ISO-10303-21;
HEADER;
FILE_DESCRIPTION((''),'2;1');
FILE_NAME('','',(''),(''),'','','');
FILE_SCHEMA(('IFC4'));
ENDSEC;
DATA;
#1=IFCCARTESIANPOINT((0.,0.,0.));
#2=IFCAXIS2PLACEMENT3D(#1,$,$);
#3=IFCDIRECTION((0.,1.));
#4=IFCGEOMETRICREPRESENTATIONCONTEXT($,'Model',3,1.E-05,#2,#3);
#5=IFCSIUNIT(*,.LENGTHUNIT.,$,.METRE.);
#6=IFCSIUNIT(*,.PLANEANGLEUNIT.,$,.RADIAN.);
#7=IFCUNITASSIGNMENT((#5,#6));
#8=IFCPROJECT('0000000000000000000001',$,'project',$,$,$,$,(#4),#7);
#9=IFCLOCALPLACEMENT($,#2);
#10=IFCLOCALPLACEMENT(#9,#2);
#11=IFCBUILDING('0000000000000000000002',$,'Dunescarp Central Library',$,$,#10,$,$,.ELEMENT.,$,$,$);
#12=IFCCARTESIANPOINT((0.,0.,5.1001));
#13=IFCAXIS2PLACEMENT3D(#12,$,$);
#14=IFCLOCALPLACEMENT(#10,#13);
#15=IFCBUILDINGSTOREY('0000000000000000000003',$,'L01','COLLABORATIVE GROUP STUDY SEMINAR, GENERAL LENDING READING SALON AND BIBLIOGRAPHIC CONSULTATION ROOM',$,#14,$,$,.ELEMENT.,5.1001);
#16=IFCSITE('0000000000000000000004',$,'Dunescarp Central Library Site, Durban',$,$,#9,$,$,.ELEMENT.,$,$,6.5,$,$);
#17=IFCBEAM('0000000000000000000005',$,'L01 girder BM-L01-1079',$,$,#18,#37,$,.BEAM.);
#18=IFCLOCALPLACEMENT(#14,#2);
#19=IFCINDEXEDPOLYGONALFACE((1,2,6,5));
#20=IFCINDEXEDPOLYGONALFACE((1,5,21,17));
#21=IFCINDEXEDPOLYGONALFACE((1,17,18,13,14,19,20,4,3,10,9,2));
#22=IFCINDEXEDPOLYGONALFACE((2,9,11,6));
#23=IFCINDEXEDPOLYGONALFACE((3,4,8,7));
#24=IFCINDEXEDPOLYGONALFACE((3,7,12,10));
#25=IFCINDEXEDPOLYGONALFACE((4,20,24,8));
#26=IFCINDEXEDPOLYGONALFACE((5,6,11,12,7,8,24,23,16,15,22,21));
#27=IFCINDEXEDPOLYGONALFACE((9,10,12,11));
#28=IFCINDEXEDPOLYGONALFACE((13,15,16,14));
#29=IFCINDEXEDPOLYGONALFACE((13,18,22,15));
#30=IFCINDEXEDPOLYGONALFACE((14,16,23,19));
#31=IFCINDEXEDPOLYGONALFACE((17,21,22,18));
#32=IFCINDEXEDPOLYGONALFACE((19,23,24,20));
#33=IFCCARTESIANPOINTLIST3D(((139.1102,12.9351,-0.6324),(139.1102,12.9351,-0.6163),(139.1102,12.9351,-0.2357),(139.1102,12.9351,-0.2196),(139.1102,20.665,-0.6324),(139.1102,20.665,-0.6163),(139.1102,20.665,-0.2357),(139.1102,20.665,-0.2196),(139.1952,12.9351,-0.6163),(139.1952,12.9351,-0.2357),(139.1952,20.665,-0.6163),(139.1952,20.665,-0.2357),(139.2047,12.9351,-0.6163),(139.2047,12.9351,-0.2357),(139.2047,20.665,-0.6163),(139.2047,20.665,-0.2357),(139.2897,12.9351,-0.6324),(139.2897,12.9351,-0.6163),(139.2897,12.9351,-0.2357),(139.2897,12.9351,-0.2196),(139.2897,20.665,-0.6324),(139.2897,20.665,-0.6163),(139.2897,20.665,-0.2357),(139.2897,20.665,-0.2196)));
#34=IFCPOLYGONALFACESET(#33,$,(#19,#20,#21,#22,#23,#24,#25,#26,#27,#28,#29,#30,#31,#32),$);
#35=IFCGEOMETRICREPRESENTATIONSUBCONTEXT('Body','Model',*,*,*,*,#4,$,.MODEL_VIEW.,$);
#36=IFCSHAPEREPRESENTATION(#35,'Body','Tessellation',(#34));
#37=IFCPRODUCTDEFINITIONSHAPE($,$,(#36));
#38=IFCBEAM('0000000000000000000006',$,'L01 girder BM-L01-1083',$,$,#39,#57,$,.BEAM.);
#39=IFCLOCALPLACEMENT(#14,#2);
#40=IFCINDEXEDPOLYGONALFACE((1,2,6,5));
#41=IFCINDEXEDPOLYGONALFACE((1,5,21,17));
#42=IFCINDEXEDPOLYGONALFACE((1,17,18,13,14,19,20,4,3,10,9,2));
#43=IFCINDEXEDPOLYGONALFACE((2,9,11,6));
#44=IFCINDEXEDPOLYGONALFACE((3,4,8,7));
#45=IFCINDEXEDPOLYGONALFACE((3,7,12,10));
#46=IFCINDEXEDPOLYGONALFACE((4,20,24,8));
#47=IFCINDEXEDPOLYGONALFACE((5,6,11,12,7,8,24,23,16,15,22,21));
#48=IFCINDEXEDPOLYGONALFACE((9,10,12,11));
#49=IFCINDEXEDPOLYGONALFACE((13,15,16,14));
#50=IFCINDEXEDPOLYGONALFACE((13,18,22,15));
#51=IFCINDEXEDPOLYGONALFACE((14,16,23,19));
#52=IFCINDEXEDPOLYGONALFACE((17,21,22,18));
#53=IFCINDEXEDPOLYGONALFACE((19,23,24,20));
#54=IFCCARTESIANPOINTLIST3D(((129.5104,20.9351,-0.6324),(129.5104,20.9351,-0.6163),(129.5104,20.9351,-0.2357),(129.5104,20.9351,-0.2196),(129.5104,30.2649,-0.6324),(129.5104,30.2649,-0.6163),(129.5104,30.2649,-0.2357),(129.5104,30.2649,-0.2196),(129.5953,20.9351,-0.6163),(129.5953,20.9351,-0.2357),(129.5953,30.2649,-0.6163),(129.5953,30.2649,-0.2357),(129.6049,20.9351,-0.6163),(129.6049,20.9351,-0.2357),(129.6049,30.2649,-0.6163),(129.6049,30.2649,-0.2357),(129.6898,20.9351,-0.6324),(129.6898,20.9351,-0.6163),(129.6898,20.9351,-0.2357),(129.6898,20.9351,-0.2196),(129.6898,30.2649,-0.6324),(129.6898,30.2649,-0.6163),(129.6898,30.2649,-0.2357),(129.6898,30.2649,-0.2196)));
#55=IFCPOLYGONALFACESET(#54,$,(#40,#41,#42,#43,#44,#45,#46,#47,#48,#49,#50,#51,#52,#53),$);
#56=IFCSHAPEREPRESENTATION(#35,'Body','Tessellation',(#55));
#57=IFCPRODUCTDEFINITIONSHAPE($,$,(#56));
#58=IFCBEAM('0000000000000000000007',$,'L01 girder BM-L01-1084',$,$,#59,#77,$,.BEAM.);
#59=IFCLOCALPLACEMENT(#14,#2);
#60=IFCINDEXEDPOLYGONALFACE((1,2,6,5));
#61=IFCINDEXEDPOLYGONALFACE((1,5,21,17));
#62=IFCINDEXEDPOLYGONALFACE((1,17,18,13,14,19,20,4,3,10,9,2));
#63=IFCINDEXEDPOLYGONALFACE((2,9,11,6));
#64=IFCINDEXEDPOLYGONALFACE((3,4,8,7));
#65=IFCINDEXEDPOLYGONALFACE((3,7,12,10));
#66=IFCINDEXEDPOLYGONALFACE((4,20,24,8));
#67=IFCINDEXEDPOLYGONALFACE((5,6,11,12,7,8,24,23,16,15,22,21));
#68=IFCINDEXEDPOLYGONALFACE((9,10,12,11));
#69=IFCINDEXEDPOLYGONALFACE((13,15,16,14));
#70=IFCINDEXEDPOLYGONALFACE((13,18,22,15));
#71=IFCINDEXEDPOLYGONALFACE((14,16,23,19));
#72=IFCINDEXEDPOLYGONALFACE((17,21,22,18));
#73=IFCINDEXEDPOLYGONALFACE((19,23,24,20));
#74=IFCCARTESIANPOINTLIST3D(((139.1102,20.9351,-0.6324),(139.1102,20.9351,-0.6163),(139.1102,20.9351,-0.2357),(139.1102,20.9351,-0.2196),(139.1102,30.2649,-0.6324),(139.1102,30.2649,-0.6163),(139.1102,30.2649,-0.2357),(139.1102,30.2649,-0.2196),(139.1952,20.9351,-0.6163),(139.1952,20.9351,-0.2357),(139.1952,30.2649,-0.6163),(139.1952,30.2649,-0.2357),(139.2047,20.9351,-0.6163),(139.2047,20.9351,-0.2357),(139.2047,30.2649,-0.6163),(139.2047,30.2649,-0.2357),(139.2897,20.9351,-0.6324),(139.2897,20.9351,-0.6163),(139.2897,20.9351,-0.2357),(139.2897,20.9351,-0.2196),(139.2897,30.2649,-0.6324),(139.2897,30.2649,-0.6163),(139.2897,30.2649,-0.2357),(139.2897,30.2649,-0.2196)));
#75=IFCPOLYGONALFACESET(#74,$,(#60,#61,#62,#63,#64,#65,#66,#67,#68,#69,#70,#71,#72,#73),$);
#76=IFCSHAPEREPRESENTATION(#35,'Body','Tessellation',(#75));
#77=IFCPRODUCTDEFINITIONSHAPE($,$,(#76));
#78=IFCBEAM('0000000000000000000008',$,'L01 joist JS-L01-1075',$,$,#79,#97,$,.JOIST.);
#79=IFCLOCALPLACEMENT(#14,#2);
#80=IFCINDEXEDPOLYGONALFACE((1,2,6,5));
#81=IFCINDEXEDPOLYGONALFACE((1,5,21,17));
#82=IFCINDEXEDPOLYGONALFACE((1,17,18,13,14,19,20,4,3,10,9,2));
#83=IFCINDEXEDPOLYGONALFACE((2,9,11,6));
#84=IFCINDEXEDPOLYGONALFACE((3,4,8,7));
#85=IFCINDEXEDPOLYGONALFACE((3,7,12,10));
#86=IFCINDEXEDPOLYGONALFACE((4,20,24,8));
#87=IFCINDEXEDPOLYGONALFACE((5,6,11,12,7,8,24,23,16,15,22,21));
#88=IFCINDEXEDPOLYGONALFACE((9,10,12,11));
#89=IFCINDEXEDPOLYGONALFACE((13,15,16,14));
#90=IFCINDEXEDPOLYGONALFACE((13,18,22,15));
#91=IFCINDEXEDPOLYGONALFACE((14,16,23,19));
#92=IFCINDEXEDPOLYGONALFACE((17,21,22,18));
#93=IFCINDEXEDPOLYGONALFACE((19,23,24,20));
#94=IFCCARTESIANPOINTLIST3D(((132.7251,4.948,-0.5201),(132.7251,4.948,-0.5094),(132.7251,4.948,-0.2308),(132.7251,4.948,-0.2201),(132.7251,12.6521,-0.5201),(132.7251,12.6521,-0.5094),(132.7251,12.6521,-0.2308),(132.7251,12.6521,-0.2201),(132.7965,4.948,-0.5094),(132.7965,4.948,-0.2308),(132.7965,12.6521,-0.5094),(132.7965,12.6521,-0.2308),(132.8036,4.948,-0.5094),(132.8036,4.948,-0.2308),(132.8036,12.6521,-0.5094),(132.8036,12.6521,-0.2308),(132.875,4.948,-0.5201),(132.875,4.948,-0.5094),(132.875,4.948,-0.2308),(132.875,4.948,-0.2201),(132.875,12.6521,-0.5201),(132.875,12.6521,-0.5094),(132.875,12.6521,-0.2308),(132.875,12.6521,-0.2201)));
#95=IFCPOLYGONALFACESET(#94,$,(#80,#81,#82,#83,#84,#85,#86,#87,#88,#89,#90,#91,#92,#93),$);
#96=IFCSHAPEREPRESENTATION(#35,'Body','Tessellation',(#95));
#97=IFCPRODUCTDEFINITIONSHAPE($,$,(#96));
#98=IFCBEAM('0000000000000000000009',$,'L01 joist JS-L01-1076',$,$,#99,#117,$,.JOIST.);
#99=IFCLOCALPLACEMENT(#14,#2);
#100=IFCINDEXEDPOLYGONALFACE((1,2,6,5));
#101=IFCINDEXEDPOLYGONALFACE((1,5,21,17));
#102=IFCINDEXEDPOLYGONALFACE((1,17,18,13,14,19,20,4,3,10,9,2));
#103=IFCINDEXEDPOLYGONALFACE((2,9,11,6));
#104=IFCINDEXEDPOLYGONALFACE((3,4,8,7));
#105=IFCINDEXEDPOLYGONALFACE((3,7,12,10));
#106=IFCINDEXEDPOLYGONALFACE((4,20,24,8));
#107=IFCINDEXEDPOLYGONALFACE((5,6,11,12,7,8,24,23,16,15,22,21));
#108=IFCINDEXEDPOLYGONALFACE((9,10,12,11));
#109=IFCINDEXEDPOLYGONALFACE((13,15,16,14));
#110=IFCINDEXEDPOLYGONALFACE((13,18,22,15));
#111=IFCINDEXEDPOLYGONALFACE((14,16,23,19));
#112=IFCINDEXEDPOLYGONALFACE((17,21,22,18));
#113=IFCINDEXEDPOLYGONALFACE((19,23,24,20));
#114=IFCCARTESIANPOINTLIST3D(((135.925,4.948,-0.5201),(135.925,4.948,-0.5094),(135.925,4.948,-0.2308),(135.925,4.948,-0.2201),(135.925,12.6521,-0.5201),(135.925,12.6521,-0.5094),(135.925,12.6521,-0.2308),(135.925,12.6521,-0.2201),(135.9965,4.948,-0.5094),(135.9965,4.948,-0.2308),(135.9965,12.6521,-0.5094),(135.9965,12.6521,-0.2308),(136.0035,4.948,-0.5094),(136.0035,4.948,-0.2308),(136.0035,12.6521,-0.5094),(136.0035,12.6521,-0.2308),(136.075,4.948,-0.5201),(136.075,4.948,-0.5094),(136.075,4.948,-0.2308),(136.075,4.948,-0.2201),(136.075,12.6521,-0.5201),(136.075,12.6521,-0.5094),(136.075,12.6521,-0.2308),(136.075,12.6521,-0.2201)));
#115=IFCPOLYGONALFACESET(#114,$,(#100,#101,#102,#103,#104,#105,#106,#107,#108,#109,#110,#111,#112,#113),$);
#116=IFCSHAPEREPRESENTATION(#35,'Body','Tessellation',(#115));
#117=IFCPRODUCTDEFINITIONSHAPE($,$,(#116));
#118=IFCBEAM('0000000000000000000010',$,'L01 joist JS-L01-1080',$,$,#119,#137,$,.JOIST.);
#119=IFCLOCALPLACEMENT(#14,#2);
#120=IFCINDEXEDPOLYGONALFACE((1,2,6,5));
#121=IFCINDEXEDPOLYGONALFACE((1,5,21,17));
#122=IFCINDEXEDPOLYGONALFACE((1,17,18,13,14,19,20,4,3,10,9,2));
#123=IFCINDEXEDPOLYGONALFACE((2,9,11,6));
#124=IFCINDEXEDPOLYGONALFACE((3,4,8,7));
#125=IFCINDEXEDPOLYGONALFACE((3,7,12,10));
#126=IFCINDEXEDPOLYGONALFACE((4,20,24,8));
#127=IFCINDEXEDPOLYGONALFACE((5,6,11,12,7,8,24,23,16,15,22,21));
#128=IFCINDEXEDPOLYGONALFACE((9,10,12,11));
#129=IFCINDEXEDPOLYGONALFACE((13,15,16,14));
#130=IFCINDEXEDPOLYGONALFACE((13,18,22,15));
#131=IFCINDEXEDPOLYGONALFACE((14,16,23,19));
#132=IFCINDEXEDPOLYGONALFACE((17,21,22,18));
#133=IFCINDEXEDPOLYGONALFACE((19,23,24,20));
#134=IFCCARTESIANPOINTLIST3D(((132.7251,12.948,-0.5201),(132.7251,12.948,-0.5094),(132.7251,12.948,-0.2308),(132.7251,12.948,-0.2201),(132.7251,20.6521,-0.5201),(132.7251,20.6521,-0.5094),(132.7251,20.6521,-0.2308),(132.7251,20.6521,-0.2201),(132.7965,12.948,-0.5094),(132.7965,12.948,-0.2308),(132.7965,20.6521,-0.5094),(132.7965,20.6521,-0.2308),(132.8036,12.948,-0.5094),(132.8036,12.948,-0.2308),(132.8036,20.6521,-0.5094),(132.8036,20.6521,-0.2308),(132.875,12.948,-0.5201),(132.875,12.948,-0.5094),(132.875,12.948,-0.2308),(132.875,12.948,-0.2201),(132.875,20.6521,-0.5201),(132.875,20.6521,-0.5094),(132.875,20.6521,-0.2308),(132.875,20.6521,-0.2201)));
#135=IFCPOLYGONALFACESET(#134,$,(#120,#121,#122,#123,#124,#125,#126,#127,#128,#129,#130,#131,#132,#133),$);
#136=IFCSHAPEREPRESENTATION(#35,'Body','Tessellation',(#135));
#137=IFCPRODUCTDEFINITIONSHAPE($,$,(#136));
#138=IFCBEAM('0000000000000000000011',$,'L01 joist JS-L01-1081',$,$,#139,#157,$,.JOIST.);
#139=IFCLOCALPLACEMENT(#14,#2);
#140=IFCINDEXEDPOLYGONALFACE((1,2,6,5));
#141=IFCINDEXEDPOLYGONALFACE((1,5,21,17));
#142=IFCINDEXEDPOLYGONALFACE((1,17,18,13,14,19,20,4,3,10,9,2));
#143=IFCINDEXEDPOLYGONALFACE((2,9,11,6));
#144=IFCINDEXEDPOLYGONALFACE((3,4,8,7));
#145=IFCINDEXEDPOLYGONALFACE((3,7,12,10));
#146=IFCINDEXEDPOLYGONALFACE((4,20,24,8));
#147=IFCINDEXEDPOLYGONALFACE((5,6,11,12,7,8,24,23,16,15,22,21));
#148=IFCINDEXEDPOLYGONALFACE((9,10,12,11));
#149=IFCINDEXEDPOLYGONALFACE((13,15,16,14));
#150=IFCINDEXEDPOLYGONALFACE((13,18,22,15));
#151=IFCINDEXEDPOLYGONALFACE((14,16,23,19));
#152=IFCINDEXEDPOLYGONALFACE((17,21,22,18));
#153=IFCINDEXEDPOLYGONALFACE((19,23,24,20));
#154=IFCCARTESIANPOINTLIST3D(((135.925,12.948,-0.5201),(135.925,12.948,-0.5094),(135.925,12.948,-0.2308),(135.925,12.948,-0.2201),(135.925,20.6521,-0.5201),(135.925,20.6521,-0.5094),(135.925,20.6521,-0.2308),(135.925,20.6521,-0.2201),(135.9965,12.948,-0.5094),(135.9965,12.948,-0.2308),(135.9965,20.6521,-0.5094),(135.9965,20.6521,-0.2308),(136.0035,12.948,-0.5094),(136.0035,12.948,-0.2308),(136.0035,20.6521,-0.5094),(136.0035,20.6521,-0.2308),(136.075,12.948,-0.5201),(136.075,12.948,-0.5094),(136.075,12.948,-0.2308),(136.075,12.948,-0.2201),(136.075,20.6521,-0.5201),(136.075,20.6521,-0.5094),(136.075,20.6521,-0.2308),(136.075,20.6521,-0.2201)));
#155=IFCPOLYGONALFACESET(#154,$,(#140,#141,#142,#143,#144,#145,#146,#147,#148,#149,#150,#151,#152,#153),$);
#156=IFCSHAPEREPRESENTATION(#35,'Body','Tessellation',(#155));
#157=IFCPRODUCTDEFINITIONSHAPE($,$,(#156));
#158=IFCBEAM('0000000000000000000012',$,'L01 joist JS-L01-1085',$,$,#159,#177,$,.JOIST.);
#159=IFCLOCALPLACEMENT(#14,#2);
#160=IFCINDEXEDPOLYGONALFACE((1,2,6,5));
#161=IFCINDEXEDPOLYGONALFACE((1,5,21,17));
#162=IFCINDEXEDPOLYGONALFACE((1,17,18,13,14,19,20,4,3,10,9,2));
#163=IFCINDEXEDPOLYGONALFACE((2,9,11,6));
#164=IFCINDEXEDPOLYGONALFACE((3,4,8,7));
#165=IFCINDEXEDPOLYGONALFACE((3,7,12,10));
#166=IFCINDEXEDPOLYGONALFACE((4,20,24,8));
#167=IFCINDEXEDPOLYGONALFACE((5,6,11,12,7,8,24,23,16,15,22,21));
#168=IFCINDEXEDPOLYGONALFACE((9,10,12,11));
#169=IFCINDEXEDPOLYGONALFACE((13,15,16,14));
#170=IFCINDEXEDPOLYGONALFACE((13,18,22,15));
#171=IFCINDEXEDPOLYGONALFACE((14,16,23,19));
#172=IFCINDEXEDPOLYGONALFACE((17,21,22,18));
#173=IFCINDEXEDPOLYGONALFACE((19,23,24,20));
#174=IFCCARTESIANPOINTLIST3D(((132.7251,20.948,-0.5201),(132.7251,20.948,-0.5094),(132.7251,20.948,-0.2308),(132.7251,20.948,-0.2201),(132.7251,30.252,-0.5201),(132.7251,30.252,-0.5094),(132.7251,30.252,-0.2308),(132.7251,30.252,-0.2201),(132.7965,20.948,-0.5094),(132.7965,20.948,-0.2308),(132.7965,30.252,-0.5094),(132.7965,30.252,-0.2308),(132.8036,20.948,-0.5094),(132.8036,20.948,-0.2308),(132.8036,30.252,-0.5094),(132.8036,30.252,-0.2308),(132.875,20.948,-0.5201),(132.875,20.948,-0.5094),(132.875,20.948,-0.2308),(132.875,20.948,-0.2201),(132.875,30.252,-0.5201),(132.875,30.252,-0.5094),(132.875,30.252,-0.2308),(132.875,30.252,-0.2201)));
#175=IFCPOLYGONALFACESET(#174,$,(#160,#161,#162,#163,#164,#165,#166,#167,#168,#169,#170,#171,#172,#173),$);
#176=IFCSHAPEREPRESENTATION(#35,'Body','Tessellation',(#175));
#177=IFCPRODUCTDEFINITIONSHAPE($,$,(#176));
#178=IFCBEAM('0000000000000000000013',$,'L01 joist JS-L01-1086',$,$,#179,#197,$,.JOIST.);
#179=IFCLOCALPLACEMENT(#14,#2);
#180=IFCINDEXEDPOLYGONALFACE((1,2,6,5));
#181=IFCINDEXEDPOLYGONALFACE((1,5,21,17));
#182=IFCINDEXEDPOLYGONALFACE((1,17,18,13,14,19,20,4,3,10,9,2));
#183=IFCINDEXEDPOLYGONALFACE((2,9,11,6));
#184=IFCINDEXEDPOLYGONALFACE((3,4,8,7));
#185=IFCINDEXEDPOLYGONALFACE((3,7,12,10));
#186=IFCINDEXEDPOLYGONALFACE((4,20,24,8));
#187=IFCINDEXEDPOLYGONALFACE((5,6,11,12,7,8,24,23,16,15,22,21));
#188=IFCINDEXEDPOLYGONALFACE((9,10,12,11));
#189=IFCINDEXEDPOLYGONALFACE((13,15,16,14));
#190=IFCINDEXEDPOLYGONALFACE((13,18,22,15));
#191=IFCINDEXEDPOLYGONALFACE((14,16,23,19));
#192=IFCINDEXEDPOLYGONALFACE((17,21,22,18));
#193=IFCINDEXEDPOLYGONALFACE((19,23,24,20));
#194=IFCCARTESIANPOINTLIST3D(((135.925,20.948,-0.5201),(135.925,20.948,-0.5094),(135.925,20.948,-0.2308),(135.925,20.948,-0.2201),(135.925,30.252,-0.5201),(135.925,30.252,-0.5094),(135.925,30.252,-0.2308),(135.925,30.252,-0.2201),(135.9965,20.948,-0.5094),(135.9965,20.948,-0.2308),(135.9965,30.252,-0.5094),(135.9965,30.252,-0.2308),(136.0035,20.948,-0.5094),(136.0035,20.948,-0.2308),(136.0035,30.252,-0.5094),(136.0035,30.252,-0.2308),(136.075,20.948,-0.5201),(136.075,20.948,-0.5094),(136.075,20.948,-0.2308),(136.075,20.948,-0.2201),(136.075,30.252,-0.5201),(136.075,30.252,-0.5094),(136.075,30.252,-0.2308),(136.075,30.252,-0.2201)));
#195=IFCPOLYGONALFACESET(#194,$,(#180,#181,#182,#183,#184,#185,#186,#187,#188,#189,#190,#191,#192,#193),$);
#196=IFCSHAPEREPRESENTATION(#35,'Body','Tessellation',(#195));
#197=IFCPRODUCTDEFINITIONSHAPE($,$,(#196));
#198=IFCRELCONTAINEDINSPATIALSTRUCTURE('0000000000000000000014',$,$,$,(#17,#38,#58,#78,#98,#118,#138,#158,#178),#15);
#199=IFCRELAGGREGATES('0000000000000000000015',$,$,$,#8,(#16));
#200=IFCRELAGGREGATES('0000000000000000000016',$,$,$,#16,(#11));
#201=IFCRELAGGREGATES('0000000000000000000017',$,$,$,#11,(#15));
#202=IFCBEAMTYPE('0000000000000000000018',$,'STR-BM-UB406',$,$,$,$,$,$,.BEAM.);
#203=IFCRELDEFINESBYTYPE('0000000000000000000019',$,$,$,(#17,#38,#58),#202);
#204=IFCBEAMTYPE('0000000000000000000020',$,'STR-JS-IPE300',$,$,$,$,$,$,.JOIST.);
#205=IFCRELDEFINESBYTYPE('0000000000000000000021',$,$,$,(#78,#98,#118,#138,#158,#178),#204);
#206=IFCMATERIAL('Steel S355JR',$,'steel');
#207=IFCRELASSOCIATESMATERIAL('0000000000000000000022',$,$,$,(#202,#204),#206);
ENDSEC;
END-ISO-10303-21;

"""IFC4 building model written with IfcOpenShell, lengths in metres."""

from ifc_helpers import new_model, si_unit, direction, frame, origin, origin_2d, place, context, subcontext, project, spatial, i_section, extrude, material, material_profile, profile_set, type_object, element, save


model = new_model("IFC4")

# Units and contexts
model_context = context("Model", 3, precision=1e-05, world=origin(), true_north=direction((0.0, 1.0)))
body_context = subcontext(model_context, "Body", "Model", "MODEL_VIEW")
ifc_project = project(units=[si_unit("LENGTHUNIT", "METRE"), si_unit("PLANEANGLEUNIT", "RADIAN")], contexts=[model_context])

# Site, building, storey
site_placement = place(None, origin())
site = spatial("IfcSite", under=ifc_project, at=site_placement, Name="Dunescarp Central Library Site, Durban", CompositionType="ELEMENT", RefElevation=6.5)
building_placement = place(site_placement, origin())
building = spatial("IfcBuilding", under=site, at=building_placement, Name="Dunescarp Central Library", CompositionType="ELEMENT")
storey_placement = place(building_placement, frame((0.0, 0.0, 5.1001)))
storey = spatial("IfcBuildingStorey", under=building, at=storey_placement, Name="L01", Description="COLLABORATIVE GROUP STUDY SEMINAR, GENERAL LENDING READING SALON AND BIBLIOGRAPHIC CONSULTATION ROOM", CompositionType="ELEMENT", Elevation=5.1001)

# Shared definitions
ifc_material_1 = material(Name="Steel S355JR", Category="steel")

# Beams
ifc_material_profile_1 = material_profile(ifc_material_1, i_section(OverallWidth=0.1794, OverallDepth=0.4128, WebThickness=0.0095, FlangeThickness=0.0161, at=origin_2d()), Name="UB 406x178x74")
ifc_profile_set_1 = profile_set([ifc_material_profile_1], Name="Steel S355JR")
beam_type_1 = type_object("IfcBeamType", Name="STR-BM-UB406", PredefinedType="BEAM", material=ifc_profile_set_1)
for number, where, z_axis, x_axis, name in (
    (1, (139.2, 12.9351, -0.426), (0.0, 1.0, 0.0), (-1.0, 0.0, 0.0), "L01 girder BM-L01-1079"),
):
    element("IfcBeam", number, at=place(storey_placement, frame(where, z_axis=z_axis, x_axis=x_axis)), inside=storey, type_object=beam_type_1, Name=name, PredefinedType="BEAM", context=body_context, shape_type="SweptSolid", body=[
        extrude(i_section(OverallWidth=0.1794, OverallDepth=0.4128, WebThickness=0.0095, FlangeThickness=0.0161, at=origin_2d()), origin(), (0.0, 0.0, 1.0), 7.73),
    ])
for number, where, z_axis, x_axis, name in (
    (2, (129.6001, 20.9351, -0.426), (0.0, 1.0, 0.0), (-1.0, 0.0, 0.0), "L01 girder BM-L01-1083"),
    (3, (139.2, 20.9351, -0.426), (0.0, 1.0, 0.0), (-1.0, 0.0, 0.0), "L01 girder BM-L01-1084"),
):
    element("IfcBeam", number, at=place(storey_placement, frame(where, z_axis=z_axis, x_axis=x_axis)), inside=storey, type_object=beam_type_1, Name=name, PredefinedType="BEAM", context=body_context, shape_type="SweptSolid", body=[
        extrude(i_section(OverallWidth=0.1794, OverallDepth=0.4128, WebThickness=0.0095, FlangeThickness=0.0161, at=origin_2d()), origin(), (0.0, 0.0, 1.0), 9.3298),
    ])
ifc_material_profile_2 = material_profile(ifc_material_1, i_section(OverallWidth=0.1499, OverallDepth=0.3, WebThickness=0.0071, FlangeThickness=0.0107, at=origin_2d()), Name="IPE 300")
ifc_profile_set_2 = profile_set([ifc_material_profile_2], Name="Steel S355JR")
beam_type_2 = type_object("IfcBeamType", Name="STR-JS-IPE300", PredefinedType="JOIST", material=ifc_profile_set_2)
for number, where, z_axis, x_axis, name in (
    (4, (132.8, 4.948, -0.3701), (0.0, 1.0, 0.0), (-1.0, 0.0, 0.0), "L01 joist JS-L01-1075"),
    (5, (136.0, 4.948, -0.3701), (0.0, 1.0, 0.0), (-1.0, 0.0, 0.0), "L01 joist JS-L01-1076"),
    (6, (132.8, 12.948, -0.3701), (0.0, 1.0, 0.0), (-1.0, 0.0, 0.0), "L01 joist JS-L01-1080"),
    (7, (136.0, 12.948, -0.3701), (0.0, 1.0, 0.0), (-1.0, 0.0, 0.0), "L01 joist JS-L01-1081"),
):
    element("IfcBeam", number, at=place(storey_placement, frame(where, z_axis=z_axis, x_axis=x_axis)), inside=storey, type_object=beam_type_2, Name=name, PredefinedType="JOIST", context=body_context, shape_type="SweptSolid", body=[
        extrude(i_section(OverallWidth=0.1499, OverallDepth=0.3, WebThickness=0.0071, FlangeThickness=0.0107, at=origin_2d()), origin(), (0.0, 0.0, 1.0), 7.7041),
    ])
for number, where, z_axis, x_axis, name in (
    (8, (132.8, 20.948, -0.3701), (0.0, 1.0, 0.0), (-1.0, 0.0, 0.0), "L01 joist JS-L01-1085"),
    (9, (136.0, 20.948, -0.3701), (0.0, 1.0, 0.0), (-1.0, 0.0, 0.0), "L01 joist JS-L01-1086"),
):
    element("IfcBeam", number, at=place(storey_placement, frame(where, z_axis=z_axis, x_axis=x_axis)), inside=storey, type_object=beam_type_2, Name=name, PredefinedType="JOIST", context=body_context, shape_type="SweptSolid", body=[
        extrude(i_section(OverallWidth=0.1499, OverallDepth=0.3, WebThickness=0.0071, FlangeThickness=0.0107, at=origin_2d()), origin(), (0.0, 0.0, 1.0), 9.304),
    ])

save(model, "model.ifc")
